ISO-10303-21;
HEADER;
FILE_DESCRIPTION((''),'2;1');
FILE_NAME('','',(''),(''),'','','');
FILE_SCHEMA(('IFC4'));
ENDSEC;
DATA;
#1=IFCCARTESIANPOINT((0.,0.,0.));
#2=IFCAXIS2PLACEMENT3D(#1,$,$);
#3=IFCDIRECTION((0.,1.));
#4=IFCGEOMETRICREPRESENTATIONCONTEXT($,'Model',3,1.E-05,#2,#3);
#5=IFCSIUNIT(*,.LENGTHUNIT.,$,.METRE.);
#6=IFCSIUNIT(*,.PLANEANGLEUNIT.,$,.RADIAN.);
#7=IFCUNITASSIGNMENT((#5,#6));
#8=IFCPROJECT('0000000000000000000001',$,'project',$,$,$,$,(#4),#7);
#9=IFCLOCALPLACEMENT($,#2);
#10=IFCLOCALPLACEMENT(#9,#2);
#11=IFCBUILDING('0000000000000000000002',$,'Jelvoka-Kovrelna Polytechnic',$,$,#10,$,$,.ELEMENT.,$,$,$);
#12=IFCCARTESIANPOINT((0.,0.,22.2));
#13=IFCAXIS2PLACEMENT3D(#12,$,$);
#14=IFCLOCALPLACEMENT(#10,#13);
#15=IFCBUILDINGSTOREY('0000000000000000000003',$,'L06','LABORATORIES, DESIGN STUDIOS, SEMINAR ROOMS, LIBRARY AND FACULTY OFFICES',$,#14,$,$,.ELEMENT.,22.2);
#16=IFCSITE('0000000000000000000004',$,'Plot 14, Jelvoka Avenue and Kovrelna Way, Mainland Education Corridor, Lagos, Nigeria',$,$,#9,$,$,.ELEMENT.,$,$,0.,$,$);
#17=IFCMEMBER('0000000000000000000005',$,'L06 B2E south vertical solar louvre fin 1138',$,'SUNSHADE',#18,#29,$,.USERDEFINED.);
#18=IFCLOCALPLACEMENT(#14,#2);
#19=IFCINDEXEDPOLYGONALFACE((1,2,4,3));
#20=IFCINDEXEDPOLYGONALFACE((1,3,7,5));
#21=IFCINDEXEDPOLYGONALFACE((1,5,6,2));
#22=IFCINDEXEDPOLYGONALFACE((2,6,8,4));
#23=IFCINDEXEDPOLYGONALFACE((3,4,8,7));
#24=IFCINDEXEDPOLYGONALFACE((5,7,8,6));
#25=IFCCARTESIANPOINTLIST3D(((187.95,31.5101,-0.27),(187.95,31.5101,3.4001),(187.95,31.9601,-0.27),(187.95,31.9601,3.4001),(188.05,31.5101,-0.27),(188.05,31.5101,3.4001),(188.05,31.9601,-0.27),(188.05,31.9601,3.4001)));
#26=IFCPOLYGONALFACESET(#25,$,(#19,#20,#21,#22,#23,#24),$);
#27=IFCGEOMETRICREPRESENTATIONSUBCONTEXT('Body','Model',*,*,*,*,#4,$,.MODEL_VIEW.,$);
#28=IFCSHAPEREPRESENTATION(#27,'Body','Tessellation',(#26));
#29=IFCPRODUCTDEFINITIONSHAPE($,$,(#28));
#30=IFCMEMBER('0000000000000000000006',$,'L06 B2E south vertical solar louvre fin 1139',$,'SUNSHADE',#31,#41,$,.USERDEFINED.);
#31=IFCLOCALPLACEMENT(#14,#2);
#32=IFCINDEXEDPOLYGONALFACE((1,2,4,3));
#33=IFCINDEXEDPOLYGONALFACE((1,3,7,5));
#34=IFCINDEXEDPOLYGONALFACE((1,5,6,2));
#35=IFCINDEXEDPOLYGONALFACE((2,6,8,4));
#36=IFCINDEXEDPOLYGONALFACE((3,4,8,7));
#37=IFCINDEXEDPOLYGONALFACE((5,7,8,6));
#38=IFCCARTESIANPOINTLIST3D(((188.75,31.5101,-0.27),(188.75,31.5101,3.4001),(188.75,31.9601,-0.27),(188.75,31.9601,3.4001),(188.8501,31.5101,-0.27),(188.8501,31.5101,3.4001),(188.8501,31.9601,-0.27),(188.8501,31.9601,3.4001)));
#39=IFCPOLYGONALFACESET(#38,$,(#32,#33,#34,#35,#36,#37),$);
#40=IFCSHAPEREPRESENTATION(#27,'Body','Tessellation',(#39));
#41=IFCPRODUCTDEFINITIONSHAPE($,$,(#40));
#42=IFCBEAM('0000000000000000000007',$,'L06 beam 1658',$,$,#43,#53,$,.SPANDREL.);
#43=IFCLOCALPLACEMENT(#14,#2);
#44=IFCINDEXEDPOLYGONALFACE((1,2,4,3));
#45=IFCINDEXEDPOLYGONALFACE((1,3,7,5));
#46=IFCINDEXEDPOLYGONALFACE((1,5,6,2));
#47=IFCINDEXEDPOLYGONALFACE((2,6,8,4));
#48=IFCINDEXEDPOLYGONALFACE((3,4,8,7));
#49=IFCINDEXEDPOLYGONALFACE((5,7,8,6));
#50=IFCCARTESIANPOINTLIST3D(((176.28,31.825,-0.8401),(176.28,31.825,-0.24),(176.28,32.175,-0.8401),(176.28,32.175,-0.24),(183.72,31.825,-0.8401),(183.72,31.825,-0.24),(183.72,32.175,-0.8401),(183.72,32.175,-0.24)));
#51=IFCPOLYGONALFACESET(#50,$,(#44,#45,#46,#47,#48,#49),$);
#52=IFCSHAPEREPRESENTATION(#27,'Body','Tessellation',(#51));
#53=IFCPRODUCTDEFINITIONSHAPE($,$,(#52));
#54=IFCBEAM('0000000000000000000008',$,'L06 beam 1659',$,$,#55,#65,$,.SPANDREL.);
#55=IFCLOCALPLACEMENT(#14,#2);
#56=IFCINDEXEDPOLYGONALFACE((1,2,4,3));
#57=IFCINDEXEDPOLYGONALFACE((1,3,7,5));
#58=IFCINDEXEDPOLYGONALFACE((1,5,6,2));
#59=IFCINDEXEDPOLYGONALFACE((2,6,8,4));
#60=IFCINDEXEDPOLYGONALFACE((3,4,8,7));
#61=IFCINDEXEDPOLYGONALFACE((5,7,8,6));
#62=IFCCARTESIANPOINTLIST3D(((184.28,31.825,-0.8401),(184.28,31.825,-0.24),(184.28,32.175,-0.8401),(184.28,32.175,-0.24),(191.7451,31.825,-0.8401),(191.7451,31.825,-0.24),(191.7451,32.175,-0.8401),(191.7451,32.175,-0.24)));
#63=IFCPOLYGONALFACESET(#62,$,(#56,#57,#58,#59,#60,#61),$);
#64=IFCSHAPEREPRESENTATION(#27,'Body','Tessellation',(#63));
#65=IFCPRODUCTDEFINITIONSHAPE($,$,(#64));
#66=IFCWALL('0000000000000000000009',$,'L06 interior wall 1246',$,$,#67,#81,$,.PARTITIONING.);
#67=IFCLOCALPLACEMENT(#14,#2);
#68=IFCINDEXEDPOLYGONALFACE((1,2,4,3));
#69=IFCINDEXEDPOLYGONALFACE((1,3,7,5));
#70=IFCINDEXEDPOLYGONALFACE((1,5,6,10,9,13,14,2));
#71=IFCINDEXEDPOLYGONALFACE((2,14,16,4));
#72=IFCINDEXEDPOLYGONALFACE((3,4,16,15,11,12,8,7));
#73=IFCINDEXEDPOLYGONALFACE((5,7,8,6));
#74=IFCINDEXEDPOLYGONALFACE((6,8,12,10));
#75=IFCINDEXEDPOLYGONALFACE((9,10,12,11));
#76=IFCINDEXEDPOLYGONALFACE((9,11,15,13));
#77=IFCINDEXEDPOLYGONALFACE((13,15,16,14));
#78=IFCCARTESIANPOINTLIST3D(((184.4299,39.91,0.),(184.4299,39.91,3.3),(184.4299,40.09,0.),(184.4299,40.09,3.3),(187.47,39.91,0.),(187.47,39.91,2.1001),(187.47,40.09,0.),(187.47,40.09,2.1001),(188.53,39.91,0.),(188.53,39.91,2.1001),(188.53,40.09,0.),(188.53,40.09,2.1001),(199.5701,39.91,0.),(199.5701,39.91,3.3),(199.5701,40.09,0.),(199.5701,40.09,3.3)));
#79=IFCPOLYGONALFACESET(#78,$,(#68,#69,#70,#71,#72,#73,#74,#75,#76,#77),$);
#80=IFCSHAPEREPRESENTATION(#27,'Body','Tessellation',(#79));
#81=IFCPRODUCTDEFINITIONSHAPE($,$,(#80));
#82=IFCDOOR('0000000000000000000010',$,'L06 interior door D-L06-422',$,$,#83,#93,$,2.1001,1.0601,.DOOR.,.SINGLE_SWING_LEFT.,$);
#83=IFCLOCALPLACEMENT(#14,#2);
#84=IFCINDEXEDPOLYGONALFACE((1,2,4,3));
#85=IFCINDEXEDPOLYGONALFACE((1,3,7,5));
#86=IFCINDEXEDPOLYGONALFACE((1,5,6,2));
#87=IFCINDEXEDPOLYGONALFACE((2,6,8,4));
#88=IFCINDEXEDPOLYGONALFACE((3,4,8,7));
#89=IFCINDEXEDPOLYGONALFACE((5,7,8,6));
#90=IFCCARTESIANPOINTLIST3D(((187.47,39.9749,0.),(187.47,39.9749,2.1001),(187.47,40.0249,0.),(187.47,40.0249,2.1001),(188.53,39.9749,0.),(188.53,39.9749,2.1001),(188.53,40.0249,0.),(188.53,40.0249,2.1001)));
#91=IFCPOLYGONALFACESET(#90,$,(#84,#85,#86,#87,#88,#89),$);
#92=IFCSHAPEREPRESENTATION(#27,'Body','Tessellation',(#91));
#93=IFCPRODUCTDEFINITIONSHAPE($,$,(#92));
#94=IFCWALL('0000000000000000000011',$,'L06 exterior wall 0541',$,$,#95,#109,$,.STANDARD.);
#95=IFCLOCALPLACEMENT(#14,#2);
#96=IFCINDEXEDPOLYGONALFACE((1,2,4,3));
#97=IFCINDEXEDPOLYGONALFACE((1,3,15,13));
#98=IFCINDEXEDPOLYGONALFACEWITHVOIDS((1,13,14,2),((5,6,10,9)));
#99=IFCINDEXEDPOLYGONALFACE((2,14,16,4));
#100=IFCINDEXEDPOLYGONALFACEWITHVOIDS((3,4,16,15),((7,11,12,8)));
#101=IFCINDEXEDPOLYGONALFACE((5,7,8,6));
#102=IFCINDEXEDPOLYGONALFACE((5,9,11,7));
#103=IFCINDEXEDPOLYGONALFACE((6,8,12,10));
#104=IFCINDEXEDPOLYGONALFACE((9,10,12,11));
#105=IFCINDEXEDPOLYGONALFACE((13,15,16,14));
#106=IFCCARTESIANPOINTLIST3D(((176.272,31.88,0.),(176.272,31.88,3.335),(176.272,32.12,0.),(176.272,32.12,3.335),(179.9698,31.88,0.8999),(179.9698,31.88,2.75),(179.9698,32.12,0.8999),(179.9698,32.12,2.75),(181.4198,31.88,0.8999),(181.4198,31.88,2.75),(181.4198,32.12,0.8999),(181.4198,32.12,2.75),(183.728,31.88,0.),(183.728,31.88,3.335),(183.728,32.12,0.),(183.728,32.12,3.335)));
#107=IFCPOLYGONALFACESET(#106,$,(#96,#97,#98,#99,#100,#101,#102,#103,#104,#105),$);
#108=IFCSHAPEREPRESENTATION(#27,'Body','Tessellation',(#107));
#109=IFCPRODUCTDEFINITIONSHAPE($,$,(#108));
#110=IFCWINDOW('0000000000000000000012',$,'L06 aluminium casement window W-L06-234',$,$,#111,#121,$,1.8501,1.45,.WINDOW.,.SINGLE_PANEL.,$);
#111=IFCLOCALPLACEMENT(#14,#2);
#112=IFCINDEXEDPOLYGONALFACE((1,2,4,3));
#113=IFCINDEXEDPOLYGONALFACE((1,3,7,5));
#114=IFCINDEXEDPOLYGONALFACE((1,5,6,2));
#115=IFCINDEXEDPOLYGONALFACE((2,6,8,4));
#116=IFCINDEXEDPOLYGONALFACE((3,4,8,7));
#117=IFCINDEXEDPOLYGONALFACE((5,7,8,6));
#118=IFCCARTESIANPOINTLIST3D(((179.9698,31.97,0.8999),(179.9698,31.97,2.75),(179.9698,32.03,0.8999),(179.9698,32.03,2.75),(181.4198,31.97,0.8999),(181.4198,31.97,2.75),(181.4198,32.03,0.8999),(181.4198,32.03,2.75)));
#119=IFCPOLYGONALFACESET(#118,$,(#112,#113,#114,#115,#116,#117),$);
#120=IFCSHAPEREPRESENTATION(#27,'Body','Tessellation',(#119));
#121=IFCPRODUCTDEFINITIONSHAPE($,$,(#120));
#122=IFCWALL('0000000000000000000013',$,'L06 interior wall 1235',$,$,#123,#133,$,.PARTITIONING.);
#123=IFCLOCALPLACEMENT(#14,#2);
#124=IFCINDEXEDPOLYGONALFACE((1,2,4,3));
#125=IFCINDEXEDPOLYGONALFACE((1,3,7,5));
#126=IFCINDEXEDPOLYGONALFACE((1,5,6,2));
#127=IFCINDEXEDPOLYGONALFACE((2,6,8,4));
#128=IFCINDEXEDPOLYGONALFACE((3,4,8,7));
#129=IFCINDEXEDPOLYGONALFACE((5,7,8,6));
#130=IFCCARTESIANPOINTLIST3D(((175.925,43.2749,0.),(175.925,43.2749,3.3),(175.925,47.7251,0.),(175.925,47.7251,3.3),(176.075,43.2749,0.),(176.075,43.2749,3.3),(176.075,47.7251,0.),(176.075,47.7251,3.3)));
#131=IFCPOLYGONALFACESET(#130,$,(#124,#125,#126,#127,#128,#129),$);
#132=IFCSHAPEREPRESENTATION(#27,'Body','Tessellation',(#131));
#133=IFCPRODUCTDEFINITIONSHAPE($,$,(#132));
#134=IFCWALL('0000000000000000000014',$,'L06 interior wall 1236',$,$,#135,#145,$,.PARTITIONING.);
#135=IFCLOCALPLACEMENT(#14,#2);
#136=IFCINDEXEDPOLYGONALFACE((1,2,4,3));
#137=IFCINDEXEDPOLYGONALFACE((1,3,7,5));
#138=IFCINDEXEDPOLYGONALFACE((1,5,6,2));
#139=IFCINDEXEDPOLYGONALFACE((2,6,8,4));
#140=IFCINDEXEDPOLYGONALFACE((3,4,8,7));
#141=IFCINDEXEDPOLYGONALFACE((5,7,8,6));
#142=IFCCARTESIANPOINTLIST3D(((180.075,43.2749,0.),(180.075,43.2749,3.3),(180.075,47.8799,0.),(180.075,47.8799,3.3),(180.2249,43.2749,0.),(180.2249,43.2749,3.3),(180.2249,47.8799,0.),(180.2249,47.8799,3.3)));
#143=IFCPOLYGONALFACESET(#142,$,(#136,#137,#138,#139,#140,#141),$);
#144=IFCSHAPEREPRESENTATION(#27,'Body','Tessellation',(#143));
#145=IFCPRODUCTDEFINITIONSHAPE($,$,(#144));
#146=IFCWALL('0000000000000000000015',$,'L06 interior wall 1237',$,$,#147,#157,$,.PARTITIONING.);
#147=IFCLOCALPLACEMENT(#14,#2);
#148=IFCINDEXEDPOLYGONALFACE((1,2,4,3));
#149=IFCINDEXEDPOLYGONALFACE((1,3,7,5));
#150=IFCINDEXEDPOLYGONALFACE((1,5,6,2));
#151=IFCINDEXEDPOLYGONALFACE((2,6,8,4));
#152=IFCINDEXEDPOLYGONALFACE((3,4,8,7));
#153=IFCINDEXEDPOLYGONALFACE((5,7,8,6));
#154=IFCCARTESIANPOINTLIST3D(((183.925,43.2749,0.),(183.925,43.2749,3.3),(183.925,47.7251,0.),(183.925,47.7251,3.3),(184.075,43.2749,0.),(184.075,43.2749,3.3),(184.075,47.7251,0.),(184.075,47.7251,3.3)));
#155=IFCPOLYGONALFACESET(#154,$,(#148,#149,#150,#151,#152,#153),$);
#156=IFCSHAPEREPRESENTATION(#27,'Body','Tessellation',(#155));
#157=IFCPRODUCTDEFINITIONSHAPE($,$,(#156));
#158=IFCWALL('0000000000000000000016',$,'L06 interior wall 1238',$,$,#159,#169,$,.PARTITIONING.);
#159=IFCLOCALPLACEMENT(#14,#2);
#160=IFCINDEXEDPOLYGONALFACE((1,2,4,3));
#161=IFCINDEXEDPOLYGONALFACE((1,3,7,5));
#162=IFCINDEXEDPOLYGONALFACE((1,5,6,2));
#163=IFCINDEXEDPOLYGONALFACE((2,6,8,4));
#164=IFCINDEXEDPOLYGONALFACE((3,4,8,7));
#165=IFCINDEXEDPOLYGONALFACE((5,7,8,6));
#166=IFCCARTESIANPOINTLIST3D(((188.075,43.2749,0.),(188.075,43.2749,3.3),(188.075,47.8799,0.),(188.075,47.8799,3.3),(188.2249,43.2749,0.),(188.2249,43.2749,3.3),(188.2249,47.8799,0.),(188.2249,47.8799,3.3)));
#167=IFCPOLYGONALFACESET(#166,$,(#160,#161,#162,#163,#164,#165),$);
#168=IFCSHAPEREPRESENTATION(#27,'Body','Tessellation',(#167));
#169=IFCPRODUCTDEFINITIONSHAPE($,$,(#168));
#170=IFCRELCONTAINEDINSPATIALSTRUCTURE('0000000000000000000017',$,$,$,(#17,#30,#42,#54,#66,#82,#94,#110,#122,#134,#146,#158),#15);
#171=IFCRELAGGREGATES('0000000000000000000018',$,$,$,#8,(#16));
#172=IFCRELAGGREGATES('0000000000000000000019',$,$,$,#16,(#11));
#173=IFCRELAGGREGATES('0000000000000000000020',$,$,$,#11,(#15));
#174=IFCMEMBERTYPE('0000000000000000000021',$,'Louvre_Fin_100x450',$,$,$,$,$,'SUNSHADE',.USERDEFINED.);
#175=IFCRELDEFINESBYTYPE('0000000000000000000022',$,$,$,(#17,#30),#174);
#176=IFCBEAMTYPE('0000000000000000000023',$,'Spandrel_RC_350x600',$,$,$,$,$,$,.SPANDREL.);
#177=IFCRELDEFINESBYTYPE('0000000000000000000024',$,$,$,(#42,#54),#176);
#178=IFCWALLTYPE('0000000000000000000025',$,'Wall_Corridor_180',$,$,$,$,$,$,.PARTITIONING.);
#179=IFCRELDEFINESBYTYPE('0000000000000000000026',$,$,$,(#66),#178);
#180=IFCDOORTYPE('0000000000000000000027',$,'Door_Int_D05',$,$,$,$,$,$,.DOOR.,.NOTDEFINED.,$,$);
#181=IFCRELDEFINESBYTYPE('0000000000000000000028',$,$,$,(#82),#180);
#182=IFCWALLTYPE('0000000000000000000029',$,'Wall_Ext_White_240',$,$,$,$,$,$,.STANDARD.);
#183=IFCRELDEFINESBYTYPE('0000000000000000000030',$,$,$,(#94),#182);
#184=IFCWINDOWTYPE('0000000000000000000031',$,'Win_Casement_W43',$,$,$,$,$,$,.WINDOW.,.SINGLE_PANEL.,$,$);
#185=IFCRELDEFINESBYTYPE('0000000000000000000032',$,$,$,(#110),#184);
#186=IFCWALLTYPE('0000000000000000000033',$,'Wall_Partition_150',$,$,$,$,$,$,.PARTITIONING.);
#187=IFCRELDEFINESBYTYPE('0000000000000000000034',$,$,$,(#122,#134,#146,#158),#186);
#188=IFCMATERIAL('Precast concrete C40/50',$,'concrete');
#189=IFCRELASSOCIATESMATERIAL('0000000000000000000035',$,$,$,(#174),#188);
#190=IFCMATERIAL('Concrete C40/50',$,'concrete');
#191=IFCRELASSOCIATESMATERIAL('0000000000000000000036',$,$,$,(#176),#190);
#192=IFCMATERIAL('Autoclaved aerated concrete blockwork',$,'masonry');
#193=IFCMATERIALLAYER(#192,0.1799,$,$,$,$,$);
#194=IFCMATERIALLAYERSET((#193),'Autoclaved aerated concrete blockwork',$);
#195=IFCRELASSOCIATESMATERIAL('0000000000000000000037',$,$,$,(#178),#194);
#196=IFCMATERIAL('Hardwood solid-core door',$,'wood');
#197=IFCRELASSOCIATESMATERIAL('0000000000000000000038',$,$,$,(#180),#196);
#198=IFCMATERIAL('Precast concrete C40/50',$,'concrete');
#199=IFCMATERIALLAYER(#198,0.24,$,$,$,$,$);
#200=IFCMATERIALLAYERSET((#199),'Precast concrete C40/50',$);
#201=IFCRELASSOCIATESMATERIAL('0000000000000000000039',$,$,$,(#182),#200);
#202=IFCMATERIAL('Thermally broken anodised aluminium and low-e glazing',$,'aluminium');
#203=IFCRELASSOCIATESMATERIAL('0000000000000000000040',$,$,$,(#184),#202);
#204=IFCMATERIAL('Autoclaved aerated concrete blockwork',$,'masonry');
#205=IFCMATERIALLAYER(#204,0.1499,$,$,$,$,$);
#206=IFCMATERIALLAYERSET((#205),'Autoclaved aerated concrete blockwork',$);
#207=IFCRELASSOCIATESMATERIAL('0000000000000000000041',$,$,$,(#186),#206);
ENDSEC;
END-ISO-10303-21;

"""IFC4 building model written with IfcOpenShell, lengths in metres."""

from ifc_helpers import new_model, si_unit, direction, frame, frame_2d, origin, origin_2d, place, context, subcontext, project, spatial, rectangle, extrude, material, layer, layer_set, material_profile, profile_set, type_object, element, fill, save


model = new_model("IFC4")

# Units and contexts
model_context = context("Model", 3, precision=1e-05, world=origin(), true_north=direction((0.0, 1.0)))
body_context = subcontext(model_context, "Body", "Model", "MODEL_VIEW")
ifc_project = project(units=[si_unit("LENGTHUNIT", "METRE"), si_unit("PLANEANGLEUNIT", "RADIAN")], contexts=[model_context])

# Site, building, storey
site_placement = place(None, origin())
site = spatial("IfcSite", under=ifc_project, at=site_placement, Name="Plot 14, Jelvoka Avenue and Kovrelna Way, Mainland Education Corridor, Lagos, Nigeria", CompositionType="ELEMENT", RefElevation=0.0)
building_placement = place(site_placement, origin())
building = spatial("IfcBuilding", under=site, at=building_placement, Name="Jelvoka-Kovrelna Polytechnic", CompositionType="ELEMENT")
storey_placement = place(building_placement, frame((0.0, 0.0, 22.2)))
storey = spatial("IfcBuildingStorey", under=building, at=storey_placement, Name="L06", Description="LABORATORIES, DESIGN STUDIOS, SEMINAR ROOMS, LIBRARY AND FACULTY OFFICES", CompositionType="ELEMENT", Elevation=22.2)

# Members
ifc_material_1 = material(Name="Precast concrete C40/50", Category="concrete")
ifc_material_profile_1 = material_profile(ifc_material_1, rectangle(XDim=0.1001, YDim=0.45, at=origin_2d()), Name="PC 100x450")
ifc_profile_set_1 = profile_set([ifc_material_profile_1], Name="Precast concrete C40/50")
member_type = type_object("IfcMemberType", Name="Louvre_Fin_100x450", ElementType="SUNSHADE", PredefinedType="USERDEFINED", material=ifc_profile_set_1)
for number, where, z_axis, x_axis, name in (
    (1, (188.0, 31.7351, -0.27), (0.0, 0.0, 1.0), (1.0, 0.0, 0.0), "L06 B2E south vertical solar louvre fin 1138"),
    (2, (188.8, 31.7351, -0.27), (0.0, 0.0, 1.0), (1.0, 0.0, 0.0), "L06 B2E south vertical solar louvre fin 1139"),
):
    element("IfcMember", number, at=place(storey_placement, frame(where, z_axis=z_axis, x_axis=x_axis)), inside=storey, type_object=member_type, Name=name, ObjectType="SUNSHADE", PredefinedType="USERDEFINED", context=body_context, shape_type="SweptSolid", body=[
        extrude(rectangle(XDim=0.1001, YDim=0.45, at=origin_2d()), origin(), (0.0, 0.0, 1.0), 3.6702),
    ])

# Beams
ifc_material_2 = material(Name="Concrete C40/50", Category="concrete")
ifc_material_profile_2 = material_profile(ifc_material_2, rectangle(XDim=0.3501, YDim=0.6001, at=origin_2d()), Name="RC 350x600")
ifc_profile_set_2 = profile_set([ifc_material_profile_2], Name="Concrete C40/50")
beam_type_1 = type_object("IfcBeamType", Name="Spandrel_RC_350x600", PredefinedType="SPANDREL", material=ifc_profile_set_2)
beam_1_placement = place(storey_placement, frame((176.28, 32.0, -0.54), z_axis=(1.0, 0.0, 0.0), x_axis=(0.0, 1.0, 0.0)))
element("IfcBeam", 3, at=beam_1_placement, inside=storey, type_object=beam_type_1, Name="L06 beam 1658", PredefinedType="SPANDREL", context=body_context, shape_type="SweptSolid", body=[
    extrude(rectangle(XDim=0.3501, YDim=0.6001, at=origin_2d()), origin(), (0.0, 0.0, 1.0), 7.4399),
])
beam_2_placement = place(storey_placement, frame((184.28, 32.0, -0.54), z_axis=(1.0, 0.0, 0.0), x_axis=(0.0, 1.0, 0.0)))
element("IfcBeam", 4, at=beam_2_placement, inside=storey, type_object=beam_type_1, Name="L06 beam 1659", PredefinedType="SPANDREL", context=body_context, shape_type="SweptSolid", body=[
    extrude(rectangle(XDim=0.3501, YDim=0.6001, at=origin_2d()), origin(), (0.0, 0.0, 1.0), 7.4651),
])

# Wall, opening, door
ifc_material_3 = material(Name="Autoclaved aerated concrete blockwork", Category="masonry")
ifc_layer_1 = layer(ifc_material_3, 0.1799)
ifc_layer_set_1 = layer_set([ifc_layer_1], Name="Autoclaved aerated concrete blockwork")
wall_type_1 = type_object("IfcWallType", Name="Wall_Corridor_180", PredefinedType="PARTITIONING", material=ifc_layer_set_1)
wall_1_placement = place(storey_placement, frame((184.4299, 40.0, 0.0), z_axis=(0.0, 0.0, 1.0), x_axis=(1.0, 0.0, 0.0)))
wall_1 = element("IfcWall", 5, at=wall_1_placement, inside=storey, type_object=wall_type_1, Name="L06 interior wall 1246", PredefinedType="PARTITIONING", context=body_context, shape_type="SweptSolid", body=[
    extrude(rectangle(XDim=15.1401, YDim=0.1799, at=frame_2d((7.5701, 0.0))), origin(), (0.0, 0.0, 1.0), 3.3),
])
opening_1_placement = place(wall_1_placement, frame((3.04, 0.0, 0.0)))
opening_1 = element("IfcOpeningElement", 6, at=opening_1_placement, cuts=wall_1, PredefinedType="OPENING", context=body_context, shape_type="SweptSolid", body=[
    extrude(rectangle(XDim=1.0601, YDim=2.1001, at=frame_2d((0.53, 1.05))), frame((0.0, 0.0999, 0.0), z_axis=(0.0, -1.0, 0.0), x_axis=(1.0, 0.0, 0.0)), (0.0, 0.0, 1.0), 0.2),
])
ifc_material_4 = material(Name="Hardwood solid-core door", Category="wood")
door_type = type_object("IfcDoorType", Name="Door_Int_D05", OperationType="NOTDEFINED", PredefinedType="DOOR", material=ifc_material_4)
door_placement = place(opening_1_placement, origin())
door = element("IfcDoor", 7, at=door_placement, inside=storey, type_object=door_type, Name="L06 interior door D-L06-422", OperationType="SINGLE_SWING_LEFT", OverallHeight=2.1001, OverallWidth=1.0601, PredefinedType="DOOR", context=body_context, shape_type="SweptSolid", body=[
    extrude(rectangle(XDim=1.0601, YDim=2.1001, at=frame_2d((0.53, 1.05))), frame((0.0, 0.0249, 0.0), z_axis=(0.0, -1.0, 0.0), x_axis=(1.0, 0.0, 0.0)), (0.0, 0.0, 1.0), 0.05),
])
fill(opening_1, door)

# Wall, opening, window
ifc_material_5 = material(Name="Precast concrete C40/50", Category="concrete")
ifc_layer_2 = layer(ifc_material_5, 0.24)
ifc_layer_set_2 = layer_set([ifc_layer_2], Name="Precast concrete C40/50")
wall_type_2 = type_object("IfcWallType", Name="Wall_Ext_White_240", PredefinedType="STANDARD", material=ifc_layer_set_2)
wall_2_placement = place(storey_placement, frame((183.728, 32.0, 0.0), z_axis=(0.0, 0.0, 1.0), x_axis=(-1.0, 0.0, 0.0)))
wall_2 = element("IfcWall", 8, at=wall_2_placement, inside=storey, type_object=wall_type_2, Name="L06 exterior wall 0541", PredefinedType="STANDARD", context=body_context, shape_type="SweptSolid", body=[
    extrude(rectangle(XDim=7.4561, YDim=0.24, at=frame_2d((3.728, 0.0))), origin(), (0.0, 0.0, 1.0), 3.335),
])
opening_2_placement = place(wall_2_placement, frame((2.3081, 0.0, 0.8999)))
opening_2 = element("IfcOpeningElement", 9, at=opening_2_placement, cuts=wall_2, PredefinedType="OPENING", context=body_context, shape_type="SweptSolid", body=[
    extrude(rectangle(XDim=1.45, YDim=1.8501, at=frame_2d((0.7251, 0.925))), frame((0.0, 0.1301, 0.0), z_axis=(0.0, -1.0, 0.0), x_axis=(1.0, 0.0, 0.0)), (0.0, 0.0, 1.0), 0.26),
])
ifc_material_6 = material(Name="Thermally broken anodised aluminium and low-e glazing", Category="aluminium")
window_type = type_object("IfcWindowType", Name="Win_Casement_W43", PartitioningType="SINGLE_PANEL", PredefinedType="WINDOW", material=ifc_material_6)
window_placement = place(opening_2_placement, origin())
window = element("IfcWindow", 10, at=window_placement, inside=storey, type_object=window_type, Name="L06 aluminium casement window W-L06-234", OverallHeight=1.8501, OverallWidth=1.45, PartitioningType="SINGLE_PANEL", PredefinedType="WINDOW", context=body_context, shape_type="SweptSolid", body=[
    extrude(rectangle(XDim=1.45, YDim=1.8501, at=frame_2d((0.7251, 0.925))), frame((0.0, 0.03, 0.0), z_axis=(0.0, -1.0, 0.0), x_axis=(1.0, 0.0, 0.0)), (0.0, 0.0, 1.0), 0.0601),
])
fill(opening_2, window)

# Walls
ifc_material_7 = material(Name="Autoclaved aerated concrete blockwork", Category="masonry")
ifc_layer_3 = layer(ifc_material_7, 0.1499)
ifc_layer_set_3 = layer_set([ifc_layer_3], Name="Autoclaved aerated concrete blockwork")
wall_type_3 = type_object("IfcWallType", Name="Wall_Partition_150", PredefinedType="PARTITIONING", material=ifc_layer_set_3)
wall_3_placement = place(storey_placement, frame((176.0, 43.2749, 0.0), z_axis=(0.0, 0.0, 1.0), x_axis=(0.0, 1.0, 0.0)))
element("IfcWall", 11, at=wall_3_placement, inside=storey, type_object=wall_type_3, Name="L06 interior wall 1235", PredefinedType="PARTITIONING", context=body_context, shape_type="SweptSolid", body=[
    extrude(rectangle(XDim=4.4502, YDim=0.1499, at=frame_2d((2.2251, 0.0))), origin(), (0.0, 0.0, 1.0), 3.3),
])
wall_4_placement = place(storey_placement, frame((180.1499, 43.2749, 0.0), z_axis=(0.0, 0.0, 1.0), x_axis=(0.0, 1.0, 0.0)))
element("IfcWall", 12, at=wall_4_placement, inside=storey, type_object=wall_type_3, Name="L06 interior wall 1236", PredefinedType="PARTITIONING", context=body_context, shape_type="SweptSolid", body=[
    extrude(rectangle(XDim=4.605, YDim=0.1499, at=frame_2d((2.3025, 0.0))), origin(), (0.0, 0.0, 1.0), 3.3),
])
wall_5_placement = place(storey_placement, frame((184.0, 43.2749, 0.0), z_axis=(0.0, 0.0, 1.0), x_axis=(0.0, 1.0, 0.0)))
element("IfcWall", 13, at=wall_5_placement, inside=storey, type_object=wall_type_3, Name="L06 interior wall 1237", PredefinedType="PARTITIONING", context=body_context, shape_type="SweptSolid", body=[
    extrude(rectangle(XDim=4.4502, YDim=0.1499, at=frame_2d((2.2251, 0.0))), origin(), (0.0, 0.0, 1.0), 3.3),
])
wall_6_placement = place(storey_placement, frame((188.1499, 43.2749, 0.0), z_axis=(0.0, 0.0, 1.0), x_axis=(0.0, 1.0, 0.0)))
element("IfcWall", 14, at=wall_6_placement, inside=storey, type_object=wall_type_3, Name="L06 interior wall 1238", PredefinedType="PARTITIONING", context=body_context, shape_type="SweptSolid", body=[
    extrude(rectangle(XDim=4.605, YDim=0.1499, at=frame_2d((2.3025, 0.0))), origin(), (0.0, 0.0, 1.0), 3.3),
])

save(model, "model.ifc")
